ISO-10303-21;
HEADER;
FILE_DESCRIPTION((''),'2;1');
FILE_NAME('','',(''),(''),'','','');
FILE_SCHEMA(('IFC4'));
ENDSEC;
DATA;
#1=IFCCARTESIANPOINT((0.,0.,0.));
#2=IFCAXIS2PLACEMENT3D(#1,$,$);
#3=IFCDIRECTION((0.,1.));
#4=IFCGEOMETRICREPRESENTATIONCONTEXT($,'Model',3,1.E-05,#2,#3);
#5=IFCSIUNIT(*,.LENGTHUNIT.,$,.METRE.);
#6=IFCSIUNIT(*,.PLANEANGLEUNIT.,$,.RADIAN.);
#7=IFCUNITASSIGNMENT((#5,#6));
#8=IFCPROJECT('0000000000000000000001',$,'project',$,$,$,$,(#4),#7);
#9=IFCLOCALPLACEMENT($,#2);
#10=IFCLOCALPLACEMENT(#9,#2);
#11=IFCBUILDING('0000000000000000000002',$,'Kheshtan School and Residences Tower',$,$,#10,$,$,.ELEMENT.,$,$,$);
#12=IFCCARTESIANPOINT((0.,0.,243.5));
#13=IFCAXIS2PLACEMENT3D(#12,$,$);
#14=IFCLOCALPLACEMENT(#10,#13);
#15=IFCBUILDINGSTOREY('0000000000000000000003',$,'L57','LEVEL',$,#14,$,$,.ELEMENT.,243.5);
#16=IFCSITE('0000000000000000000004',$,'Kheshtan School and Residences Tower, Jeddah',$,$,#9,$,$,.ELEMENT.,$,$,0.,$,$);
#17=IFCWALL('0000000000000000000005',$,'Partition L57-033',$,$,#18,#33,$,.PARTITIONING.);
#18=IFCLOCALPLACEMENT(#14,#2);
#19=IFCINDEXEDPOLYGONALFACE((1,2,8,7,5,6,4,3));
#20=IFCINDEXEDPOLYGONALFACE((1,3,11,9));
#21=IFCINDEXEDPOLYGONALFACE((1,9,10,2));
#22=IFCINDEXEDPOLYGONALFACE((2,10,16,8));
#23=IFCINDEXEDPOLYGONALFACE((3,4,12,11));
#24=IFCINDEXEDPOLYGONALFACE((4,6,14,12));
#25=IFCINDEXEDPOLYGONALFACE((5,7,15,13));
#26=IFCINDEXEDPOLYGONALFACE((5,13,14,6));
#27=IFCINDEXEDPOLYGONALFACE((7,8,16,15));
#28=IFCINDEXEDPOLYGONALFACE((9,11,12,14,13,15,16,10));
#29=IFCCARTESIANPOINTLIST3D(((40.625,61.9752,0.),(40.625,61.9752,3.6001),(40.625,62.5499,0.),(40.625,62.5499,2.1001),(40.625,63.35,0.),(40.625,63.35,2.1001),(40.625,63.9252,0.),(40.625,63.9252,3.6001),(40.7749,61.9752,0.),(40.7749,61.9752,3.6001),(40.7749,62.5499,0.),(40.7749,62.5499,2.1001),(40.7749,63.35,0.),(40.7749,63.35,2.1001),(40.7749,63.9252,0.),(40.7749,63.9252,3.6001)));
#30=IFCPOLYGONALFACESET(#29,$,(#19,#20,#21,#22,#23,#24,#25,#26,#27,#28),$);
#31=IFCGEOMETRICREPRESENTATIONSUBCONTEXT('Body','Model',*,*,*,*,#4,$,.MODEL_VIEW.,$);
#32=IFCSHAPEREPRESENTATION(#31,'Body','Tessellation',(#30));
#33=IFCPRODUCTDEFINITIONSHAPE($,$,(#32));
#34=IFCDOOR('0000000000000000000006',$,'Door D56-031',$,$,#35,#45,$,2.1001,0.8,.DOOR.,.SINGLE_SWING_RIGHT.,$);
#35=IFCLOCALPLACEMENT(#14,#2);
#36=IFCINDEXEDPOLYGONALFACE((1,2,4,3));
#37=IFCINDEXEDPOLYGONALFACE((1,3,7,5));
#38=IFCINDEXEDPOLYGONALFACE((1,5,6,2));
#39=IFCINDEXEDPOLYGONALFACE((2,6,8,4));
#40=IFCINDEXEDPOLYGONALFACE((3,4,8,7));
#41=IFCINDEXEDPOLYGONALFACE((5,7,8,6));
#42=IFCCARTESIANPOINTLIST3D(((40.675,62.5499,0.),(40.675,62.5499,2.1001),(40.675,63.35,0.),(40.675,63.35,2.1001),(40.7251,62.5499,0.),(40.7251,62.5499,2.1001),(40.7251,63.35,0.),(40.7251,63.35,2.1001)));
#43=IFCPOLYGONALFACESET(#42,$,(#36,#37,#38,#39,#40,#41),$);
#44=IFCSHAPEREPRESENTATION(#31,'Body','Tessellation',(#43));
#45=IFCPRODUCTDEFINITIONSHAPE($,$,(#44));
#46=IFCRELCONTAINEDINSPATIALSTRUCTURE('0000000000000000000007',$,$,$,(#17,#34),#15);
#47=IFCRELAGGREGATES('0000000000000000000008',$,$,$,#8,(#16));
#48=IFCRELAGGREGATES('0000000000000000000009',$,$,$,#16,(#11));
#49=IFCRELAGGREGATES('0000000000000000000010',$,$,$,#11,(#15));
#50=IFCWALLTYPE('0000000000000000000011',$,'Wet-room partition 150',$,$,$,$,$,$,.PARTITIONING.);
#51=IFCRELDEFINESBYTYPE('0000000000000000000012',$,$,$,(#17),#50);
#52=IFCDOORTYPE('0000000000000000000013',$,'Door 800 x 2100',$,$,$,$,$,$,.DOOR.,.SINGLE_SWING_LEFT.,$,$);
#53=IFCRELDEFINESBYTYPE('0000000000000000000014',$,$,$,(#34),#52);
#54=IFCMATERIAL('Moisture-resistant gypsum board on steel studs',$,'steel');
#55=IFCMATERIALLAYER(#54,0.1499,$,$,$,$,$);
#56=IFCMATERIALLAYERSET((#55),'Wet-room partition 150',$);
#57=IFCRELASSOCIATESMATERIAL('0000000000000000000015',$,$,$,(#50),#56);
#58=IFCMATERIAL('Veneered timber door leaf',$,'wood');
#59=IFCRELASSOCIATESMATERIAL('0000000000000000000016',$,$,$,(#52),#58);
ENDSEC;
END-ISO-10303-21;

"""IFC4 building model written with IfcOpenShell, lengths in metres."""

from ifc_helpers import new_model, si_unit, direction, frame, frame_2d, origin, place, context, subcontext, project, spatial, rectangle, extrude, source, transform, mapped, material, layer, layer_set, type_object, element, fill, save


model = new_model("IFC4")

# Units and contexts
model_context = context("Model", 3, precision=1e-05, world=origin(), true_north=direction((0.0, 1.0)))
body_context = subcontext(model_context, "Body", "Model", "MODEL_VIEW")
ifc_project = project(units=[si_unit("LENGTHUNIT", "METRE"), si_unit("PLANEANGLEUNIT", "RADIAN")], contexts=[model_context])

# Site, building, storey
site_placement = place(None, origin())
site = spatial("IfcSite", under=ifc_project, at=site_placement, Name="Kheshtan School and Residences Tower, Jeddah", CompositionType="ELEMENT", RefElevation=0.0)
building_placement = place(site_placement, origin())
building = spatial("IfcBuilding", under=site, at=building_placement, Name="Kheshtan School and Residences Tower", CompositionType="ELEMENT")
storey_placement = place(building_placement, frame((0.0, 0.0, 243.5)))
storey = spatial("IfcBuildingStorey", under=building, at=storey_placement, Name="L57", Description="LEVEL", CompositionType="ELEMENT", Elevation=243.5)

# Shared definitions
ifc_material_1 = material(Name="Moisture-resistant gypsum board on steel studs", Category="steel")
ifc_layer_1 = layer(ifc_material_1, 0.1499)
ifc_layer_set_1 = layer_set([ifc_layer_1], Name="Wet-room partition 150")
wall_type_1 = type_object("IfcWallType", Name="Wet-room partition 150", PredefinedType="PARTITIONING", material=ifc_layer_set_1)

# Shared definitions
ifc_material_2 = material(Name="Veneered timber door leaf", Category="wood")
door_type_1 = type_object("IfcDoorType", Name="Door 800 x 2100", OperationType="SINGLE_SWING_LEFT", PredefinedType="DOOR", material=ifc_material_2)
shared_shape_1 = source(origin(), body_context, "Body", "SweptSolid", [
    extrude(rectangle(XDim=0.8, YDim=2.1001, at=frame_2d((0.3999, 1.05))), frame((0.0, 0.0249, 0.0), z_axis=(0.0, -1.0, 0.0), x_axis=(1.0, 0.0, 0.0)), (0.0, 0.0, 1.0), 0.05),
])

# Wall, opening, door
wall_1_placement = place(storey_placement, frame((40.7, 61.9751, 0.0), z_axis=(0.0, 0.0, 1.0), x_axis=(0.0, 1.0, 0.0)))
wall_1 = element("IfcWall", 1, at=wall_1_placement, inside=storey, type_object=wall_type_1, Name="Partition L57-033", PredefinedType="PARTITIONING", context=body_context, shape_type="SweptSolid", body=[
    extrude(rectangle(XDim=1.95, YDim=0.1499, at=frame_2d((0.9751, 0.0))), origin(), (0.0, 0.0, 1.0), 3.6001),
])
opening_1_placement = place(wall_1_placement, frame((0.575, 0.0, 0.0)))
opening_1 = element("IfcOpeningElement", 2, at=opening_1_placement, cuts=wall_1, PredefinedType="OPENING", context=body_context, shape_type="SweptSolid", body=[
    extrude(rectangle(XDim=0.8, YDim=2.1001, at=frame_2d((0.3999, 1.05))), frame((0.0, 0.085, 0.0), z_axis=(0.0, -1.0, 0.0), x_axis=(1.0, 0.0, 0.0)), (0.0, 0.0, 1.0), 0.1699),
])
door_1_placement = place(opening_1_placement, origin())
door_1 = element("IfcDoor", 3, at=door_1_placement, inside=storey, type_object=door_type_1, Name="Door D56-031", OperationType="SINGLE_SWING_RIGHT", OverallHeight=2.1001, OverallWidth=0.8, PredefinedType="DOOR", context=body_context, shape_type="MappedRepresentation", body=[
    mapped(shared_shape_1, transform((0.0, 0.0, 0.0), x_axis=(1.0, 0.0, 0.0), y_axis=(0.0, 1.0, 0.0), z_axis=(0.0, 0.0, 1.0), scale=1.0)),
])
fill(opening_1, door_1)

save(model, "model.ifc")
